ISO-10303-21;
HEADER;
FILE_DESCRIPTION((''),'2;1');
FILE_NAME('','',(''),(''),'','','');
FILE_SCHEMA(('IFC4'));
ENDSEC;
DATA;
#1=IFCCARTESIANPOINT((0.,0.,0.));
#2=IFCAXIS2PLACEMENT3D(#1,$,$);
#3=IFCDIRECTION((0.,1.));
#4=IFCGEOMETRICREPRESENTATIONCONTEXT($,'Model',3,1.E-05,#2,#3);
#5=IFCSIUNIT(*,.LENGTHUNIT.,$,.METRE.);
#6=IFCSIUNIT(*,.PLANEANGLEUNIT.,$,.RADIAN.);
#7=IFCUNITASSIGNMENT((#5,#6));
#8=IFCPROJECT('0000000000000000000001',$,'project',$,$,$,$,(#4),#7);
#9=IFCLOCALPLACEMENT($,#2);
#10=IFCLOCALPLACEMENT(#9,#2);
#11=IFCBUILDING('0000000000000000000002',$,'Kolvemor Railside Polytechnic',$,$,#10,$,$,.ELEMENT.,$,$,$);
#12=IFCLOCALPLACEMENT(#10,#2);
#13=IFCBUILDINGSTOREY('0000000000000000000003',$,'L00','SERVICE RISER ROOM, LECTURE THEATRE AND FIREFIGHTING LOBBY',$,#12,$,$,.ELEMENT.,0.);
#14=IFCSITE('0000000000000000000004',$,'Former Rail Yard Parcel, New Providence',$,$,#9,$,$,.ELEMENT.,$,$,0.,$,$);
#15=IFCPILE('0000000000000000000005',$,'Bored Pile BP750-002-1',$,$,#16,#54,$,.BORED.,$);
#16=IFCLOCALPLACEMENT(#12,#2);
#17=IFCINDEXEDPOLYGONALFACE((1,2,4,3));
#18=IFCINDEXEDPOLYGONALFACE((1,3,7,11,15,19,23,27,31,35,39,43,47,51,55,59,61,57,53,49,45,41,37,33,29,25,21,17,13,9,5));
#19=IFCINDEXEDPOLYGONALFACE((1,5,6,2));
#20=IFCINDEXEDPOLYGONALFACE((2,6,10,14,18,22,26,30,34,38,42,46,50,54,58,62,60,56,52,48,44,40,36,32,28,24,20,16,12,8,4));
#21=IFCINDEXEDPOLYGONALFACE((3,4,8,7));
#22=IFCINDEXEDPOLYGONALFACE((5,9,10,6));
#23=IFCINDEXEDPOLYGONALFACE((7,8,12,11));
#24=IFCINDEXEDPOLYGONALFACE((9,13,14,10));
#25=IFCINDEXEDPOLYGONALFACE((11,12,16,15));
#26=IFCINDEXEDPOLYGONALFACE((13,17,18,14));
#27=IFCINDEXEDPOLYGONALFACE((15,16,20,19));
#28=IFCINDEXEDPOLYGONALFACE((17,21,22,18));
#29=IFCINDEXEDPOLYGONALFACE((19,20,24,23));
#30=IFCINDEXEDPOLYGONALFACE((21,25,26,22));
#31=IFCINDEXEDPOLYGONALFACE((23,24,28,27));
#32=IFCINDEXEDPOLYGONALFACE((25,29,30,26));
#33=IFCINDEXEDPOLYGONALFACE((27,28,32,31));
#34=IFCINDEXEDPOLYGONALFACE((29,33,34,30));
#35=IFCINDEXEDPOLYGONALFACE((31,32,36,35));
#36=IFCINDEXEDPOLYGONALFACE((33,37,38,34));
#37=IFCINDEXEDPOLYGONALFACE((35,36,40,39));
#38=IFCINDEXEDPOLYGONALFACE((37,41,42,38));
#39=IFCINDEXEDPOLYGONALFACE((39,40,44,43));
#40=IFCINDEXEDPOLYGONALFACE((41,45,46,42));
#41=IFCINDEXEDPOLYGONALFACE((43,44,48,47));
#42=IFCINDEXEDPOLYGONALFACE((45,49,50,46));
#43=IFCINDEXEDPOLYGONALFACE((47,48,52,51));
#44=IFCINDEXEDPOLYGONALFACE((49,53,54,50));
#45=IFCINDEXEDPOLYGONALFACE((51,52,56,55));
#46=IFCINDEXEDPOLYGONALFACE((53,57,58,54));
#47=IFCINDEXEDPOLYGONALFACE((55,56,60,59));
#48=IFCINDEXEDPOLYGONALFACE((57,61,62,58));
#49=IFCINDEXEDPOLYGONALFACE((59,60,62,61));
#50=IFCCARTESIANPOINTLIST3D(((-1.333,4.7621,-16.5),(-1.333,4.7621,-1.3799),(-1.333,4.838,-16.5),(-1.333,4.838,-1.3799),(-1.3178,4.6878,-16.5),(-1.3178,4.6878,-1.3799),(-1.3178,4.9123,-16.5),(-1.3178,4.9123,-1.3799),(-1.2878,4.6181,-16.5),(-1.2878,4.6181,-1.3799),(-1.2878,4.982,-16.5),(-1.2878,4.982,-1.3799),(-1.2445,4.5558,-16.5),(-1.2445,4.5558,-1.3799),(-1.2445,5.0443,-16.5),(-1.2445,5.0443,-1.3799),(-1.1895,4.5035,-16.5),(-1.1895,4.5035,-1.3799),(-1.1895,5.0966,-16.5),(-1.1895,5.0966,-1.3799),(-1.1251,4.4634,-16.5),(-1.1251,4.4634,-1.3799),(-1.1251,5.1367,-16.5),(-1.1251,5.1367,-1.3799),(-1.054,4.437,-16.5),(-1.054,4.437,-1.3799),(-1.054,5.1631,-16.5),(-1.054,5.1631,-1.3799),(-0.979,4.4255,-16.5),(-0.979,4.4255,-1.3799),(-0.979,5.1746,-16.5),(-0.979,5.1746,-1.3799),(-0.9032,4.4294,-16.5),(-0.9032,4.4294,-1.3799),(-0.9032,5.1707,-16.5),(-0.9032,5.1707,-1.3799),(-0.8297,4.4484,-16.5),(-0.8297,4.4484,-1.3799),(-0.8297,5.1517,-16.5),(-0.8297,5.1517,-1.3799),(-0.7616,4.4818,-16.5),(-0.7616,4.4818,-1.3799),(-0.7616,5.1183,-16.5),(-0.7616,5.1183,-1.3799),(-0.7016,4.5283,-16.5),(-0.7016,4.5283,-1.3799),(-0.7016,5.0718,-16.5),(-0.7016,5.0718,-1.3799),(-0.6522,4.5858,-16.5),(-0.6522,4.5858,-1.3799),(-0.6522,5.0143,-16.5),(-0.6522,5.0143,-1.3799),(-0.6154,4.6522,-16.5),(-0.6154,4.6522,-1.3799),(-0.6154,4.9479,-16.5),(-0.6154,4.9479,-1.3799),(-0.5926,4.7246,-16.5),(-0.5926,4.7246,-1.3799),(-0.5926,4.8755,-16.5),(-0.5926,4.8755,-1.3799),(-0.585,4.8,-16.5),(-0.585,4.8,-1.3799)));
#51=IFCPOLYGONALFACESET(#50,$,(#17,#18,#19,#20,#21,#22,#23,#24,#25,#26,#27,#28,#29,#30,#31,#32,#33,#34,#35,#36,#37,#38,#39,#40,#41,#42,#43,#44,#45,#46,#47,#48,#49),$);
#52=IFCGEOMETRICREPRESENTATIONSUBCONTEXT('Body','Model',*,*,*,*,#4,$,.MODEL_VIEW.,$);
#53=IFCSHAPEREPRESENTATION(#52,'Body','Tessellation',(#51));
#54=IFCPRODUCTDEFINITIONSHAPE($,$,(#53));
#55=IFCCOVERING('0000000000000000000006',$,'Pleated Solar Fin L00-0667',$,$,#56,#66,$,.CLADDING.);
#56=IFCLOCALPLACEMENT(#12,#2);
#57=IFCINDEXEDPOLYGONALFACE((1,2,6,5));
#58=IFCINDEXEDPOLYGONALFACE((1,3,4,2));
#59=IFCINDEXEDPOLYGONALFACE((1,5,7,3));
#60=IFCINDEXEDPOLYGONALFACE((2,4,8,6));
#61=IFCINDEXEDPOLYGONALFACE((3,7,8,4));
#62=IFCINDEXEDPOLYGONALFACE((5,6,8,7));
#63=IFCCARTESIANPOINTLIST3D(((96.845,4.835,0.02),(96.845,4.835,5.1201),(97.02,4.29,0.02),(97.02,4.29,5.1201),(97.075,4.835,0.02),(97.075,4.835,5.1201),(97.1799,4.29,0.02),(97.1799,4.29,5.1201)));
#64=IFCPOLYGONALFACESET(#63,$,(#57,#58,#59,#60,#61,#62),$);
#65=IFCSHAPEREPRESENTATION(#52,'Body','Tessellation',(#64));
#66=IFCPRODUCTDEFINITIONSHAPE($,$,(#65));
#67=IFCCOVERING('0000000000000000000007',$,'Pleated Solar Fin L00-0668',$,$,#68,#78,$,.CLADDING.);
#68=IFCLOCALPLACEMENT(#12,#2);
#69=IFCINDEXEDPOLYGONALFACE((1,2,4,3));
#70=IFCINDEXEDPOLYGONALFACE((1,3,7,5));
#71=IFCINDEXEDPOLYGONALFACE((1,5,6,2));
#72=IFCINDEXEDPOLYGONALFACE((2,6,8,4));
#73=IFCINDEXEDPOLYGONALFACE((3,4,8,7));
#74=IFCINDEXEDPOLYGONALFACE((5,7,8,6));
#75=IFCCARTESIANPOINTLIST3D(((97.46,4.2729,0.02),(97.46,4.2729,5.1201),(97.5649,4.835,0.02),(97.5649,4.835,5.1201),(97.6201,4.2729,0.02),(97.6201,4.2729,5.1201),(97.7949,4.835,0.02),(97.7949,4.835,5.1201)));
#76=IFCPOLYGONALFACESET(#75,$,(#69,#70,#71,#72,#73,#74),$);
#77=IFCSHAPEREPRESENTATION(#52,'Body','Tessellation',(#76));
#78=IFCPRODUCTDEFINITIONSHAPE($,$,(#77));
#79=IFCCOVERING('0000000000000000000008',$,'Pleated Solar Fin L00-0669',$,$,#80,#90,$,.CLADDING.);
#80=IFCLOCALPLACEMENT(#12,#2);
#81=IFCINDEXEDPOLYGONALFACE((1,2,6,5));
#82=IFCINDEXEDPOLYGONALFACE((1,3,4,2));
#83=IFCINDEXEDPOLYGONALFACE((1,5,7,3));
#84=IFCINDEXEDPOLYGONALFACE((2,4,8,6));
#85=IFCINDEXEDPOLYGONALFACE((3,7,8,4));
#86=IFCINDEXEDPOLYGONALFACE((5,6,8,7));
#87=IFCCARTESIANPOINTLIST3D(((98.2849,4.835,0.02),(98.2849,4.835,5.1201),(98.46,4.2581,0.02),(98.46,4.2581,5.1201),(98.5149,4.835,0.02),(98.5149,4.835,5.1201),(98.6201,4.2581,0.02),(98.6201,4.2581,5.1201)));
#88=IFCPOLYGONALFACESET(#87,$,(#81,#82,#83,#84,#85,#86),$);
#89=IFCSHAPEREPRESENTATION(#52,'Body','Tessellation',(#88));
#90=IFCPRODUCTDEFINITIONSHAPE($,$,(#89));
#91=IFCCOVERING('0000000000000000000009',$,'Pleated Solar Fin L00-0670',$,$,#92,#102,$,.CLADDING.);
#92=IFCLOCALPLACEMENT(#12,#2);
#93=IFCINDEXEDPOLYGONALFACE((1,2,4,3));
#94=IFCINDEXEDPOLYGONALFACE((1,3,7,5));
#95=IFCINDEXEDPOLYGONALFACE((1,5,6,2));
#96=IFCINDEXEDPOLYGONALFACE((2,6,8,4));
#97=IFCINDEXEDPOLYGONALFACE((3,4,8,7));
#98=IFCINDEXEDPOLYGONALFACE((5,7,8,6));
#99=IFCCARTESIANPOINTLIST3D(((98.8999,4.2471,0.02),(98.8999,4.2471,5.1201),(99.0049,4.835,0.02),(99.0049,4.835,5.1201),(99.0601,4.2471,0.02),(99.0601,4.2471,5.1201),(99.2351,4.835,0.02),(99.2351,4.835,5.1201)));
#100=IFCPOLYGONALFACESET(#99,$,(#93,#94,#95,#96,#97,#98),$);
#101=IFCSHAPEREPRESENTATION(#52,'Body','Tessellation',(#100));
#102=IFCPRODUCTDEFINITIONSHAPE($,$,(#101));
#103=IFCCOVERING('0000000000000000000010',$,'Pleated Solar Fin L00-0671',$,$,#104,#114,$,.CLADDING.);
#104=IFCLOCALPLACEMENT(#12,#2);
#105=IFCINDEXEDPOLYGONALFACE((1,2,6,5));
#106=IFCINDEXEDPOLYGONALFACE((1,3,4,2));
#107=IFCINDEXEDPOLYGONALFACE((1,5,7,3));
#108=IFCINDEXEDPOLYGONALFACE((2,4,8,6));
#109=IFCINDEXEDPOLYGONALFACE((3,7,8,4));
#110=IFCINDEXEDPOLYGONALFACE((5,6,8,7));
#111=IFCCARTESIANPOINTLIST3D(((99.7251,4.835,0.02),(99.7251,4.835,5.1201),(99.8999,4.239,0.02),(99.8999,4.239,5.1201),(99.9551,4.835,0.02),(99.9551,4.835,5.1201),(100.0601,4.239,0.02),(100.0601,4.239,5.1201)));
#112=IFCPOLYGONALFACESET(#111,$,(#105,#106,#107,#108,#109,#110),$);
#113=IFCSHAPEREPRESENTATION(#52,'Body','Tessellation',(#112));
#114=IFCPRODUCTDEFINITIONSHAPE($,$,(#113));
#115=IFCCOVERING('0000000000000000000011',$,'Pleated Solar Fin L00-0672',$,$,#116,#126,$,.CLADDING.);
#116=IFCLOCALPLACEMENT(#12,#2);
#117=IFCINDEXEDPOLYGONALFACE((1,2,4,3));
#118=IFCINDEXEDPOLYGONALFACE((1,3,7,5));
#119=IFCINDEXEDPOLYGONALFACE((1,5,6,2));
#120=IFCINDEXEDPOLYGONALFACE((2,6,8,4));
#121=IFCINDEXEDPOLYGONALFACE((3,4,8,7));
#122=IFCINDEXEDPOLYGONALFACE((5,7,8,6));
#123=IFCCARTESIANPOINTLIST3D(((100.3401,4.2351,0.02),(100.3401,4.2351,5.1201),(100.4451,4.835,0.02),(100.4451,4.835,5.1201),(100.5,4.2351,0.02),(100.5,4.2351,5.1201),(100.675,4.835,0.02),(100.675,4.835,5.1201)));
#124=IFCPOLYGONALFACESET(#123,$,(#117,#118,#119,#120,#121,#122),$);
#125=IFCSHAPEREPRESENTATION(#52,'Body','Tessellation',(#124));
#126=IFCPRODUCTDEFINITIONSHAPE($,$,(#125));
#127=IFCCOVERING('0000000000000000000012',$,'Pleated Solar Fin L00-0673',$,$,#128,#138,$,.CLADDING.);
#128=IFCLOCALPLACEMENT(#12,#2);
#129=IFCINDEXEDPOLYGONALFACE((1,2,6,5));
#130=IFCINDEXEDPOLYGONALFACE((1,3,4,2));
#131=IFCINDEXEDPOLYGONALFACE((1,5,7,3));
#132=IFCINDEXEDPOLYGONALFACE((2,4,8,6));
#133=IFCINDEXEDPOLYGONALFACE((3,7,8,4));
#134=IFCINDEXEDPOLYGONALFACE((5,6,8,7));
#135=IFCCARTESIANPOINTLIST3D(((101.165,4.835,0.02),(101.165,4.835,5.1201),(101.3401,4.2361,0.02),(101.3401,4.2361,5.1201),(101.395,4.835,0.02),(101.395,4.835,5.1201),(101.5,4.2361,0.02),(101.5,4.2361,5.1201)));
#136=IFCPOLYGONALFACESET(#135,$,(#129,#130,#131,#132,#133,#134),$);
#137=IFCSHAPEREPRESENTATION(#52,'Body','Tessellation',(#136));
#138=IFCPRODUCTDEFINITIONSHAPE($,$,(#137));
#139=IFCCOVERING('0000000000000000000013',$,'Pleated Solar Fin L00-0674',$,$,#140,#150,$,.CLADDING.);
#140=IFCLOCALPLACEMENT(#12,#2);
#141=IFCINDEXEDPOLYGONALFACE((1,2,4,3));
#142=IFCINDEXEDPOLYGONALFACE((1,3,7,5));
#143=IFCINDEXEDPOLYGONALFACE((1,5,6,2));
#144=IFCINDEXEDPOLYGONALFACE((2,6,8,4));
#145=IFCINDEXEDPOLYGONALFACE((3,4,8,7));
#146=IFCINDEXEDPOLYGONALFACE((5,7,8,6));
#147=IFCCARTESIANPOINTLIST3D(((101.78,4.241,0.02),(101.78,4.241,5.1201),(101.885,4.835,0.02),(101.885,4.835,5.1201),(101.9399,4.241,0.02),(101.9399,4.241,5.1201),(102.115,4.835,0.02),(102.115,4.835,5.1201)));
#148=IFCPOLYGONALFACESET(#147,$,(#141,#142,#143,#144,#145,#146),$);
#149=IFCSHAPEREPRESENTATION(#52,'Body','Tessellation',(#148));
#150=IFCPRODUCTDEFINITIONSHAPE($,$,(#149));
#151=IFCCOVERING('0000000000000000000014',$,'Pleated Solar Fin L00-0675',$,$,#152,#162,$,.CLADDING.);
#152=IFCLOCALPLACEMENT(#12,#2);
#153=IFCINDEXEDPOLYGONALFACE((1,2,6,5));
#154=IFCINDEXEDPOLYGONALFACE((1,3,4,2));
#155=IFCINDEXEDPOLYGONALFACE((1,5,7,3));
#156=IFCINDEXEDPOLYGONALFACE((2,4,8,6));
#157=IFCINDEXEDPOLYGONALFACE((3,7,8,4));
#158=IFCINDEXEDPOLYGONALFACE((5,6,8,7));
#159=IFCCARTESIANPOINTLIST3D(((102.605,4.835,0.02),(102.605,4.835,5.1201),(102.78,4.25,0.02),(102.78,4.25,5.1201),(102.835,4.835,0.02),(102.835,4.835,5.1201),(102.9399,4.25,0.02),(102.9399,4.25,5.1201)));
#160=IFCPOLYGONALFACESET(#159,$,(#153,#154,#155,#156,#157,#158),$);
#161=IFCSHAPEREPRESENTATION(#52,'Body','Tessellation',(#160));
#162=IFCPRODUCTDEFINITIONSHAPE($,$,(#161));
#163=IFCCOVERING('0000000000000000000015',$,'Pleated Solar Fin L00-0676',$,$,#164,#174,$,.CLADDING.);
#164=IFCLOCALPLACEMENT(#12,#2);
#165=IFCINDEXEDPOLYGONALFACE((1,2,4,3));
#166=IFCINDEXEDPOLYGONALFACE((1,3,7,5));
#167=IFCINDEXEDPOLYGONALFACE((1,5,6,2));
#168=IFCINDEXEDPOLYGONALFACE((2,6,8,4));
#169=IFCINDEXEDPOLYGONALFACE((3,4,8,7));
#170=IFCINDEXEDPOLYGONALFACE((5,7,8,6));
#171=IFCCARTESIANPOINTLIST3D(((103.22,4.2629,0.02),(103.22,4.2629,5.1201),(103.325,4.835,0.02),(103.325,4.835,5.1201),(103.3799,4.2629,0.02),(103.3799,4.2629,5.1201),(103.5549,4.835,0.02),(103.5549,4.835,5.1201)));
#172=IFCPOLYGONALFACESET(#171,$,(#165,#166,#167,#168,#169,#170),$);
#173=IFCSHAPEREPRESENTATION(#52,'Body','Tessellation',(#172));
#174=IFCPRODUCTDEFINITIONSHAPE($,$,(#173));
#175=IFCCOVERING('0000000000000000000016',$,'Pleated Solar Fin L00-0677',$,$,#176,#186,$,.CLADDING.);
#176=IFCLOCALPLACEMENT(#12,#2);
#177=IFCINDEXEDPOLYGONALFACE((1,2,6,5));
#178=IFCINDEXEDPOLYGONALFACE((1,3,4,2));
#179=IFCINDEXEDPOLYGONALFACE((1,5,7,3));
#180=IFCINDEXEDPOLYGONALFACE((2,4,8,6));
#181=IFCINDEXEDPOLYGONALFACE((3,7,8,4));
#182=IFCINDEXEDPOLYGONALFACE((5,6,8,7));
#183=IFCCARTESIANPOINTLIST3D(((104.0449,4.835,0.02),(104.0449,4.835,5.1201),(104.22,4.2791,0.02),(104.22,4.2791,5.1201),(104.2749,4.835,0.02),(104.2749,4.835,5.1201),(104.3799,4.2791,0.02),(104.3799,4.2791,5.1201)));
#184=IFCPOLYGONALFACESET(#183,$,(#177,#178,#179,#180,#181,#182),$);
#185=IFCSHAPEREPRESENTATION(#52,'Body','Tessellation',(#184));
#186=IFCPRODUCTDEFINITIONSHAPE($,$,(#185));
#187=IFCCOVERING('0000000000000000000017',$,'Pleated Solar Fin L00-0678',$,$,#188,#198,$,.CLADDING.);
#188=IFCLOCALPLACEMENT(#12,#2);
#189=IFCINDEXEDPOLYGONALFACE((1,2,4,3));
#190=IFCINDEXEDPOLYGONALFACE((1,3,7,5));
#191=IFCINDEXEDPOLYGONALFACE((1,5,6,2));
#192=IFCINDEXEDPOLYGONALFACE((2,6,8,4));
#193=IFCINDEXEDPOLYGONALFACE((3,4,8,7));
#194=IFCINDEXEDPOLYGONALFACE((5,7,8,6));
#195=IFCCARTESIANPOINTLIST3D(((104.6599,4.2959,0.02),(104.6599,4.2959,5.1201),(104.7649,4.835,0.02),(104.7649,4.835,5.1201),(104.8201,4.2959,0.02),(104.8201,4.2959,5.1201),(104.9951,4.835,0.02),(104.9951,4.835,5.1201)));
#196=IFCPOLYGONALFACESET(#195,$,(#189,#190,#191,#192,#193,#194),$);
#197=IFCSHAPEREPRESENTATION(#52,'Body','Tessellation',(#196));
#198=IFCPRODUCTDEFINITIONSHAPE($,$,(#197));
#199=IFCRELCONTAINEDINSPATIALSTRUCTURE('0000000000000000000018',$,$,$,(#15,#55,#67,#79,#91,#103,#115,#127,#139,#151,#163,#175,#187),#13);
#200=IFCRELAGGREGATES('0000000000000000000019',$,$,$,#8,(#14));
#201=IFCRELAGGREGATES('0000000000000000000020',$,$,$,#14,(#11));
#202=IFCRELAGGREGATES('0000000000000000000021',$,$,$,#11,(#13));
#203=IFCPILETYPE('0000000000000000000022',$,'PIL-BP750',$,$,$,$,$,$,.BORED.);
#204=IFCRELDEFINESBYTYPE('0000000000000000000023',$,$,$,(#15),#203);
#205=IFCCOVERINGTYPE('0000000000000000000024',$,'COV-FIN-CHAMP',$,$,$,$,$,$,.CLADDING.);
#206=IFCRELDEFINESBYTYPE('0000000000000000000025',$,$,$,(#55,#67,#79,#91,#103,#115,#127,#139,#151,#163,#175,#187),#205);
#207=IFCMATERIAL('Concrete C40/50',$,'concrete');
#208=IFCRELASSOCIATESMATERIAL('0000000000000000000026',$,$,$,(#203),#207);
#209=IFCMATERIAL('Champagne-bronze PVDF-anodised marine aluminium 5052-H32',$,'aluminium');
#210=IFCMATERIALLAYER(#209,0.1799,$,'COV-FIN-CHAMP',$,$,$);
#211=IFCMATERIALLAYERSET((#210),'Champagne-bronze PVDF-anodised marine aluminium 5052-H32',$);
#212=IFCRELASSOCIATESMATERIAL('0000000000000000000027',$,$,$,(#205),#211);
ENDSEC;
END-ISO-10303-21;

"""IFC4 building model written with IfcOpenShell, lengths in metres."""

from ifc_helpers import new_model, si_unit, direction, frame, origin, origin_2d, place, context, subcontext, project, spatial, polyline, circle, outline, extrude, material, layer, layer_set, material_profile, profile_set, type_object, element, save


model = new_model("IFC4")

# Units and contexts
model_context = context("Model", 3, precision=1e-05, world=origin(), true_north=direction((0.0, 1.0)))
body_context = subcontext(model_context, "Body", "Model", "MODEL_VIEW")
ifc_project = project(units=[si_unit("LENGTHUNIT", "METRE"), si_unit("PLANEANGLEUNIT", "RADIAN")], contexts=[model_context])

# Site, building, storey
site_placement = place(None, origin())
site = spatial("IfcSite", under=ifc_project, at=site_placement, Name="Former Rail Yard Parcel, New Providence", CompositionType="ELEMENT", RefElevation=0.0)
building_placement = place(site_placement, origin())
building = spatial("IfcBuilding", under=site, at=building_placement, Name="Kolvemor Railside Polytechnic", CompositionType="ELEMENT")
storey_placement = place(building_placement, origin())
storey = spatial("IfcBuildingStorey", under=building, at=storey_placement, Name="L00", Description="SERVICE RISER ROOM, LECTURE THEATRE AND FIREFIGHTING LOBBY", CompositionType="ELEMENT", Elevation=0.0)

# Pile
ifc_material_1 = material(Name="Concrete C40/50", Category="concrete")
ifc_material_profile = material_profile(ifc_material_1, circle(Radius=0.375, at=origin_2d()), Name="BP750")
ifc_profile_set = profile_set([ifc_material_profile], Name="Concrete C40/50")
pile_type = type_object("IfcPileType", Name="PIL-BP750", PredefinedType="BORED", material=ifc_profile_set)
pile_placement = place(storey_placement, frame((-0.96, 4.8, -1.3799), z_axis=(0.0, 0.0, -1.0), x_axis=(1.0, 0.0, 0.0)))
element("IfcPile", 1, at=pile_placement, inside=storey, type_object=pile_type, Name="Bored Pile BP750-002-1", PredefinedType="BORED", context=body_context, shape_type="SweptSolid", body=[
    extrude(circle(Radius=0.375, at=origin_2d()), origin(), (0.0, 0.0, 1.0), 15.1201),
])

# Coverings
ifc_material_2 = material(Name="Champagne-bronze PVDF-anodised marine aluminium 5052-H32", Category="aluminium")
ifc_layer_1 = layer(ifc_material_2, 0.1799, Name="COV-FIN-CHAMP")
ifc_layer_set_1 = layer_set([ifc_layer_1], Name="Champagne-bronze PVDF-anodised marine aluminium 5052-H32")
covering_type_1 = type_object("IfcCoveringType", Name="COV-FIN-CHAMP", PredefinedType="CLADDING", material=ifc_layer_set_1)
covering_1_placement = place(storey_placement, frame((0.0, 0.0, 0.02)))
element("IfcCovering", 2, at=covering_1_placement, inside=storey, type_object=covering_type_1, Name="Pleated Solar Fin L00-0667", PredefinedType="CLADDING", context=body_context, shape_type="SweptSolid", body=[
    extrude(outline(polyline([(96.845, 4.835), (97.075, 4.835), (97.1799, 4.29), (97.02, 4.29), (96.845, 4.835)])), origin(), (0.0, 0.0, 1.0), 5.1001),
])
covering_2_placement = place(storey_placement, frame((0.0, 0.0, 0.02)))
element("IfcCovering", 3, at=covering_2_placement, inside=storey, type_object=covering_type_1, Name="Pleated Solar Fin L00-0668", PredefinedType="CLADDING", context=body_context, shape_type="SweptSolid", body=[
    extrude(outline(polyline([(97.5649, 4.835), (97.7949, 4.835), (97.6201, 4.2729), (97.46, 4.2729), (97.5649, 4.835)])), origin(), (0.0, 0.0, 1.0), 5.1001),
])
covering_3_placement = place(storey_placement, frame((0.0, 0.0, 0.02)))
element("IfcCovering", 4, at=covering_3_placement, inside=storey, type_object=covering_type_1, Name="Pleated Solar Fin L00-0669", PredefinedType="CLADDING", context=body_context, shape_type="SweptSolid", body=[
    extrude(outline(polyline([(98.2849, 4.835), (98.5149, 4.835), (98.6201, 4.2581), (98.46, 4.2581), (98.2849, 4.835)])), origin(), (0.0, 0.0, 1.0), 5.1001),
])
covering_4_placement = place(storey_placement, frame((0.0, 0.0, 0.02)))
element("IfcCovering", 5, at=covering_4_placement, inside=storey, type_object=covering_type_1, Name="Pleated Solar Fin L00-0670", PredefinedType="CLADDING", context=body_context, shape_type="SweptSolid", body=[
    extrude(outline(polyline([(99.0049, 4.835), (99.2351, 4.835), (99.0601, 4.2471), (98.8999, 4.2471), (99.0049, 4.835)])), origin(), (0.0, 0.0, 1.0), 5.1001),
])
covering_5_placement = place(storey_placement, frame((0.0, 0.0, 0.02)))
element("IfcCovering", 6, at=covering_5_placement, inside=storey, type_object=covering_type_1, Name="Pleated Solar Fin L00-0671", PredefinedType="CLADDING", context=body_context, shape_type="SweptSolid", body=[
    extrude(outline(polyline([(99.7251, 4.835), (99.9551, 4.835), (100.0601, 4.239), (99.8999, 4.239), (99.7251, 4.835)])), origin(), (0.0, 0.0, 1.0), 5.1001),
])
covering_6_placement = place(storey_placement, frame((0.0, 0.0, 0.02)))
element("IfcCovering", 7, at=covering_6_placement, inside=storey, type_object=covering_type_1, Name="Pleated Solar Fin L00-0672", PredefinedType="CLADDING", context=body_context, shape_type="SweptSolid", body=[
    extrude(outline(polyline([(100.4451, 4.835), (100.675, 4.835), (100.5, 4.2351), (100.3401, 4.2351), (100.4451, 4.835)])), origin(), (0.0, 0.0, 1.0), 5.1001),
])
covering_7_placement = place(storey_placement, frame((0.0, 0.0, 0.02)))
element("IfcCovering", 8, at=covering_7_placement, inside=storey, type_object=covering_type_1, Name="Pleated Solar Fin L00-0673", PredefinedType="CLADDING", context=body_context, shape_type="SweptSolid", body=[
    extrude(outline(polyline([(101.165, 4.835), (101.395, 4.835), (101.5, 4.2361), (101.3401, 4.2361), (101.165, 4.835)])), origin(), (0.0, 0.0, 1.0), 5.1001),
])
covering_8_placement = place(storey_placement, frame((0.0, 0.0, 0.02)))
element("IfcCovering", 9, at=covering_8_placement, inside=storey, type_object=covering_type_1, Name="Pleated Solar Fin L00-0674", PredefinedType="CLADDING", context=body_context, shape_type="SweptSolid", body=[
    extrude(outline(polyline([(101.885, 4.835), (102.115, 4.835), (101.9399, 4.241), (101.78, 4.241), (101.885, 4.835)])), origin(), (0.0, 0.0, 1.0), 5.1001),
])
covering_9_placement = place(storey_placement, frame((0.0, 0.0, 0.02)))
element("IfcCovering", 10, at=covering_9_placement, inside=storey, type_object=covering_type_1, Name="Pleated Solar Fin L00-0675", PredefinedType="CLADDING", context=body_context, shape_type="SweptSolid", body=[
    extrude(outline(polyline([(102.605, 4.835), (102.835, 4.835), (102.9399, 4.25), (102.78, 4.25), (102.605, 4.835)])), origin(), (0.0, 0.0, 1.0), 5.1001),
])
covering_10_placement = place(storey_placement, frame((0.0, 0.0, 0.02)))
element("IfcCovering", 11, at=covering_10_placement, inside=storey, type_object=covering_type_1, Name="Pleated Solar Fin L00-0676", PredefinedType="CLADDING", context=body_context, shape_type="SweptSolid", body=[
    extrude(outline(polyline([(103.325, 4.835), (103.5549, 4.835), (103.3799, 4.2629), (103.22, 4.2629), (103.325, 4.835)])), origin(), (0.0, 0.0, 1.0), 5.1001),
])
covering_11_placement = place(storey_placement, frame((0.0, 0.0, 0.02)))
element("IfcCovering", 12, at=covering_11_placement, inside=storey, type_object=covering_type_1, Name="Pleated Solar Fin L00-0677", PredefinedType="CLADDING", context=body_context, shape_type="SweptSolid", body=[
    extrude(outline(polyline([(104.0449, 4.835), (104.2749, 4.835), (104.3799, 4.2791), (104.22, 4.2791), (104.0449, 4.835)])), origin(), (0.0, 0.0, 1.0), 5.1001),
])
covering_12_placement = place(storey_placement, frame((0.0, 0.0, 0.02)))
element("IfcCovering", 13, at=covering_12_placement, inside=storey, type_object=covering_type_1, Name="Pleated Solar Fin L00-0678", PredefinedType="CLADDING", context=body_context, shape_type="SweptSolid", body=[
    extrude(outline(polyline([(104.7649, 4.835), (104.9951, 4.835), (104.8201, 4.2959), (104.6599, 4.2959), (104.7649, 4.835)])), origin(), (0.0, 0.0, 1.0), 5.1001),
])

save(model, "model.ifc")
